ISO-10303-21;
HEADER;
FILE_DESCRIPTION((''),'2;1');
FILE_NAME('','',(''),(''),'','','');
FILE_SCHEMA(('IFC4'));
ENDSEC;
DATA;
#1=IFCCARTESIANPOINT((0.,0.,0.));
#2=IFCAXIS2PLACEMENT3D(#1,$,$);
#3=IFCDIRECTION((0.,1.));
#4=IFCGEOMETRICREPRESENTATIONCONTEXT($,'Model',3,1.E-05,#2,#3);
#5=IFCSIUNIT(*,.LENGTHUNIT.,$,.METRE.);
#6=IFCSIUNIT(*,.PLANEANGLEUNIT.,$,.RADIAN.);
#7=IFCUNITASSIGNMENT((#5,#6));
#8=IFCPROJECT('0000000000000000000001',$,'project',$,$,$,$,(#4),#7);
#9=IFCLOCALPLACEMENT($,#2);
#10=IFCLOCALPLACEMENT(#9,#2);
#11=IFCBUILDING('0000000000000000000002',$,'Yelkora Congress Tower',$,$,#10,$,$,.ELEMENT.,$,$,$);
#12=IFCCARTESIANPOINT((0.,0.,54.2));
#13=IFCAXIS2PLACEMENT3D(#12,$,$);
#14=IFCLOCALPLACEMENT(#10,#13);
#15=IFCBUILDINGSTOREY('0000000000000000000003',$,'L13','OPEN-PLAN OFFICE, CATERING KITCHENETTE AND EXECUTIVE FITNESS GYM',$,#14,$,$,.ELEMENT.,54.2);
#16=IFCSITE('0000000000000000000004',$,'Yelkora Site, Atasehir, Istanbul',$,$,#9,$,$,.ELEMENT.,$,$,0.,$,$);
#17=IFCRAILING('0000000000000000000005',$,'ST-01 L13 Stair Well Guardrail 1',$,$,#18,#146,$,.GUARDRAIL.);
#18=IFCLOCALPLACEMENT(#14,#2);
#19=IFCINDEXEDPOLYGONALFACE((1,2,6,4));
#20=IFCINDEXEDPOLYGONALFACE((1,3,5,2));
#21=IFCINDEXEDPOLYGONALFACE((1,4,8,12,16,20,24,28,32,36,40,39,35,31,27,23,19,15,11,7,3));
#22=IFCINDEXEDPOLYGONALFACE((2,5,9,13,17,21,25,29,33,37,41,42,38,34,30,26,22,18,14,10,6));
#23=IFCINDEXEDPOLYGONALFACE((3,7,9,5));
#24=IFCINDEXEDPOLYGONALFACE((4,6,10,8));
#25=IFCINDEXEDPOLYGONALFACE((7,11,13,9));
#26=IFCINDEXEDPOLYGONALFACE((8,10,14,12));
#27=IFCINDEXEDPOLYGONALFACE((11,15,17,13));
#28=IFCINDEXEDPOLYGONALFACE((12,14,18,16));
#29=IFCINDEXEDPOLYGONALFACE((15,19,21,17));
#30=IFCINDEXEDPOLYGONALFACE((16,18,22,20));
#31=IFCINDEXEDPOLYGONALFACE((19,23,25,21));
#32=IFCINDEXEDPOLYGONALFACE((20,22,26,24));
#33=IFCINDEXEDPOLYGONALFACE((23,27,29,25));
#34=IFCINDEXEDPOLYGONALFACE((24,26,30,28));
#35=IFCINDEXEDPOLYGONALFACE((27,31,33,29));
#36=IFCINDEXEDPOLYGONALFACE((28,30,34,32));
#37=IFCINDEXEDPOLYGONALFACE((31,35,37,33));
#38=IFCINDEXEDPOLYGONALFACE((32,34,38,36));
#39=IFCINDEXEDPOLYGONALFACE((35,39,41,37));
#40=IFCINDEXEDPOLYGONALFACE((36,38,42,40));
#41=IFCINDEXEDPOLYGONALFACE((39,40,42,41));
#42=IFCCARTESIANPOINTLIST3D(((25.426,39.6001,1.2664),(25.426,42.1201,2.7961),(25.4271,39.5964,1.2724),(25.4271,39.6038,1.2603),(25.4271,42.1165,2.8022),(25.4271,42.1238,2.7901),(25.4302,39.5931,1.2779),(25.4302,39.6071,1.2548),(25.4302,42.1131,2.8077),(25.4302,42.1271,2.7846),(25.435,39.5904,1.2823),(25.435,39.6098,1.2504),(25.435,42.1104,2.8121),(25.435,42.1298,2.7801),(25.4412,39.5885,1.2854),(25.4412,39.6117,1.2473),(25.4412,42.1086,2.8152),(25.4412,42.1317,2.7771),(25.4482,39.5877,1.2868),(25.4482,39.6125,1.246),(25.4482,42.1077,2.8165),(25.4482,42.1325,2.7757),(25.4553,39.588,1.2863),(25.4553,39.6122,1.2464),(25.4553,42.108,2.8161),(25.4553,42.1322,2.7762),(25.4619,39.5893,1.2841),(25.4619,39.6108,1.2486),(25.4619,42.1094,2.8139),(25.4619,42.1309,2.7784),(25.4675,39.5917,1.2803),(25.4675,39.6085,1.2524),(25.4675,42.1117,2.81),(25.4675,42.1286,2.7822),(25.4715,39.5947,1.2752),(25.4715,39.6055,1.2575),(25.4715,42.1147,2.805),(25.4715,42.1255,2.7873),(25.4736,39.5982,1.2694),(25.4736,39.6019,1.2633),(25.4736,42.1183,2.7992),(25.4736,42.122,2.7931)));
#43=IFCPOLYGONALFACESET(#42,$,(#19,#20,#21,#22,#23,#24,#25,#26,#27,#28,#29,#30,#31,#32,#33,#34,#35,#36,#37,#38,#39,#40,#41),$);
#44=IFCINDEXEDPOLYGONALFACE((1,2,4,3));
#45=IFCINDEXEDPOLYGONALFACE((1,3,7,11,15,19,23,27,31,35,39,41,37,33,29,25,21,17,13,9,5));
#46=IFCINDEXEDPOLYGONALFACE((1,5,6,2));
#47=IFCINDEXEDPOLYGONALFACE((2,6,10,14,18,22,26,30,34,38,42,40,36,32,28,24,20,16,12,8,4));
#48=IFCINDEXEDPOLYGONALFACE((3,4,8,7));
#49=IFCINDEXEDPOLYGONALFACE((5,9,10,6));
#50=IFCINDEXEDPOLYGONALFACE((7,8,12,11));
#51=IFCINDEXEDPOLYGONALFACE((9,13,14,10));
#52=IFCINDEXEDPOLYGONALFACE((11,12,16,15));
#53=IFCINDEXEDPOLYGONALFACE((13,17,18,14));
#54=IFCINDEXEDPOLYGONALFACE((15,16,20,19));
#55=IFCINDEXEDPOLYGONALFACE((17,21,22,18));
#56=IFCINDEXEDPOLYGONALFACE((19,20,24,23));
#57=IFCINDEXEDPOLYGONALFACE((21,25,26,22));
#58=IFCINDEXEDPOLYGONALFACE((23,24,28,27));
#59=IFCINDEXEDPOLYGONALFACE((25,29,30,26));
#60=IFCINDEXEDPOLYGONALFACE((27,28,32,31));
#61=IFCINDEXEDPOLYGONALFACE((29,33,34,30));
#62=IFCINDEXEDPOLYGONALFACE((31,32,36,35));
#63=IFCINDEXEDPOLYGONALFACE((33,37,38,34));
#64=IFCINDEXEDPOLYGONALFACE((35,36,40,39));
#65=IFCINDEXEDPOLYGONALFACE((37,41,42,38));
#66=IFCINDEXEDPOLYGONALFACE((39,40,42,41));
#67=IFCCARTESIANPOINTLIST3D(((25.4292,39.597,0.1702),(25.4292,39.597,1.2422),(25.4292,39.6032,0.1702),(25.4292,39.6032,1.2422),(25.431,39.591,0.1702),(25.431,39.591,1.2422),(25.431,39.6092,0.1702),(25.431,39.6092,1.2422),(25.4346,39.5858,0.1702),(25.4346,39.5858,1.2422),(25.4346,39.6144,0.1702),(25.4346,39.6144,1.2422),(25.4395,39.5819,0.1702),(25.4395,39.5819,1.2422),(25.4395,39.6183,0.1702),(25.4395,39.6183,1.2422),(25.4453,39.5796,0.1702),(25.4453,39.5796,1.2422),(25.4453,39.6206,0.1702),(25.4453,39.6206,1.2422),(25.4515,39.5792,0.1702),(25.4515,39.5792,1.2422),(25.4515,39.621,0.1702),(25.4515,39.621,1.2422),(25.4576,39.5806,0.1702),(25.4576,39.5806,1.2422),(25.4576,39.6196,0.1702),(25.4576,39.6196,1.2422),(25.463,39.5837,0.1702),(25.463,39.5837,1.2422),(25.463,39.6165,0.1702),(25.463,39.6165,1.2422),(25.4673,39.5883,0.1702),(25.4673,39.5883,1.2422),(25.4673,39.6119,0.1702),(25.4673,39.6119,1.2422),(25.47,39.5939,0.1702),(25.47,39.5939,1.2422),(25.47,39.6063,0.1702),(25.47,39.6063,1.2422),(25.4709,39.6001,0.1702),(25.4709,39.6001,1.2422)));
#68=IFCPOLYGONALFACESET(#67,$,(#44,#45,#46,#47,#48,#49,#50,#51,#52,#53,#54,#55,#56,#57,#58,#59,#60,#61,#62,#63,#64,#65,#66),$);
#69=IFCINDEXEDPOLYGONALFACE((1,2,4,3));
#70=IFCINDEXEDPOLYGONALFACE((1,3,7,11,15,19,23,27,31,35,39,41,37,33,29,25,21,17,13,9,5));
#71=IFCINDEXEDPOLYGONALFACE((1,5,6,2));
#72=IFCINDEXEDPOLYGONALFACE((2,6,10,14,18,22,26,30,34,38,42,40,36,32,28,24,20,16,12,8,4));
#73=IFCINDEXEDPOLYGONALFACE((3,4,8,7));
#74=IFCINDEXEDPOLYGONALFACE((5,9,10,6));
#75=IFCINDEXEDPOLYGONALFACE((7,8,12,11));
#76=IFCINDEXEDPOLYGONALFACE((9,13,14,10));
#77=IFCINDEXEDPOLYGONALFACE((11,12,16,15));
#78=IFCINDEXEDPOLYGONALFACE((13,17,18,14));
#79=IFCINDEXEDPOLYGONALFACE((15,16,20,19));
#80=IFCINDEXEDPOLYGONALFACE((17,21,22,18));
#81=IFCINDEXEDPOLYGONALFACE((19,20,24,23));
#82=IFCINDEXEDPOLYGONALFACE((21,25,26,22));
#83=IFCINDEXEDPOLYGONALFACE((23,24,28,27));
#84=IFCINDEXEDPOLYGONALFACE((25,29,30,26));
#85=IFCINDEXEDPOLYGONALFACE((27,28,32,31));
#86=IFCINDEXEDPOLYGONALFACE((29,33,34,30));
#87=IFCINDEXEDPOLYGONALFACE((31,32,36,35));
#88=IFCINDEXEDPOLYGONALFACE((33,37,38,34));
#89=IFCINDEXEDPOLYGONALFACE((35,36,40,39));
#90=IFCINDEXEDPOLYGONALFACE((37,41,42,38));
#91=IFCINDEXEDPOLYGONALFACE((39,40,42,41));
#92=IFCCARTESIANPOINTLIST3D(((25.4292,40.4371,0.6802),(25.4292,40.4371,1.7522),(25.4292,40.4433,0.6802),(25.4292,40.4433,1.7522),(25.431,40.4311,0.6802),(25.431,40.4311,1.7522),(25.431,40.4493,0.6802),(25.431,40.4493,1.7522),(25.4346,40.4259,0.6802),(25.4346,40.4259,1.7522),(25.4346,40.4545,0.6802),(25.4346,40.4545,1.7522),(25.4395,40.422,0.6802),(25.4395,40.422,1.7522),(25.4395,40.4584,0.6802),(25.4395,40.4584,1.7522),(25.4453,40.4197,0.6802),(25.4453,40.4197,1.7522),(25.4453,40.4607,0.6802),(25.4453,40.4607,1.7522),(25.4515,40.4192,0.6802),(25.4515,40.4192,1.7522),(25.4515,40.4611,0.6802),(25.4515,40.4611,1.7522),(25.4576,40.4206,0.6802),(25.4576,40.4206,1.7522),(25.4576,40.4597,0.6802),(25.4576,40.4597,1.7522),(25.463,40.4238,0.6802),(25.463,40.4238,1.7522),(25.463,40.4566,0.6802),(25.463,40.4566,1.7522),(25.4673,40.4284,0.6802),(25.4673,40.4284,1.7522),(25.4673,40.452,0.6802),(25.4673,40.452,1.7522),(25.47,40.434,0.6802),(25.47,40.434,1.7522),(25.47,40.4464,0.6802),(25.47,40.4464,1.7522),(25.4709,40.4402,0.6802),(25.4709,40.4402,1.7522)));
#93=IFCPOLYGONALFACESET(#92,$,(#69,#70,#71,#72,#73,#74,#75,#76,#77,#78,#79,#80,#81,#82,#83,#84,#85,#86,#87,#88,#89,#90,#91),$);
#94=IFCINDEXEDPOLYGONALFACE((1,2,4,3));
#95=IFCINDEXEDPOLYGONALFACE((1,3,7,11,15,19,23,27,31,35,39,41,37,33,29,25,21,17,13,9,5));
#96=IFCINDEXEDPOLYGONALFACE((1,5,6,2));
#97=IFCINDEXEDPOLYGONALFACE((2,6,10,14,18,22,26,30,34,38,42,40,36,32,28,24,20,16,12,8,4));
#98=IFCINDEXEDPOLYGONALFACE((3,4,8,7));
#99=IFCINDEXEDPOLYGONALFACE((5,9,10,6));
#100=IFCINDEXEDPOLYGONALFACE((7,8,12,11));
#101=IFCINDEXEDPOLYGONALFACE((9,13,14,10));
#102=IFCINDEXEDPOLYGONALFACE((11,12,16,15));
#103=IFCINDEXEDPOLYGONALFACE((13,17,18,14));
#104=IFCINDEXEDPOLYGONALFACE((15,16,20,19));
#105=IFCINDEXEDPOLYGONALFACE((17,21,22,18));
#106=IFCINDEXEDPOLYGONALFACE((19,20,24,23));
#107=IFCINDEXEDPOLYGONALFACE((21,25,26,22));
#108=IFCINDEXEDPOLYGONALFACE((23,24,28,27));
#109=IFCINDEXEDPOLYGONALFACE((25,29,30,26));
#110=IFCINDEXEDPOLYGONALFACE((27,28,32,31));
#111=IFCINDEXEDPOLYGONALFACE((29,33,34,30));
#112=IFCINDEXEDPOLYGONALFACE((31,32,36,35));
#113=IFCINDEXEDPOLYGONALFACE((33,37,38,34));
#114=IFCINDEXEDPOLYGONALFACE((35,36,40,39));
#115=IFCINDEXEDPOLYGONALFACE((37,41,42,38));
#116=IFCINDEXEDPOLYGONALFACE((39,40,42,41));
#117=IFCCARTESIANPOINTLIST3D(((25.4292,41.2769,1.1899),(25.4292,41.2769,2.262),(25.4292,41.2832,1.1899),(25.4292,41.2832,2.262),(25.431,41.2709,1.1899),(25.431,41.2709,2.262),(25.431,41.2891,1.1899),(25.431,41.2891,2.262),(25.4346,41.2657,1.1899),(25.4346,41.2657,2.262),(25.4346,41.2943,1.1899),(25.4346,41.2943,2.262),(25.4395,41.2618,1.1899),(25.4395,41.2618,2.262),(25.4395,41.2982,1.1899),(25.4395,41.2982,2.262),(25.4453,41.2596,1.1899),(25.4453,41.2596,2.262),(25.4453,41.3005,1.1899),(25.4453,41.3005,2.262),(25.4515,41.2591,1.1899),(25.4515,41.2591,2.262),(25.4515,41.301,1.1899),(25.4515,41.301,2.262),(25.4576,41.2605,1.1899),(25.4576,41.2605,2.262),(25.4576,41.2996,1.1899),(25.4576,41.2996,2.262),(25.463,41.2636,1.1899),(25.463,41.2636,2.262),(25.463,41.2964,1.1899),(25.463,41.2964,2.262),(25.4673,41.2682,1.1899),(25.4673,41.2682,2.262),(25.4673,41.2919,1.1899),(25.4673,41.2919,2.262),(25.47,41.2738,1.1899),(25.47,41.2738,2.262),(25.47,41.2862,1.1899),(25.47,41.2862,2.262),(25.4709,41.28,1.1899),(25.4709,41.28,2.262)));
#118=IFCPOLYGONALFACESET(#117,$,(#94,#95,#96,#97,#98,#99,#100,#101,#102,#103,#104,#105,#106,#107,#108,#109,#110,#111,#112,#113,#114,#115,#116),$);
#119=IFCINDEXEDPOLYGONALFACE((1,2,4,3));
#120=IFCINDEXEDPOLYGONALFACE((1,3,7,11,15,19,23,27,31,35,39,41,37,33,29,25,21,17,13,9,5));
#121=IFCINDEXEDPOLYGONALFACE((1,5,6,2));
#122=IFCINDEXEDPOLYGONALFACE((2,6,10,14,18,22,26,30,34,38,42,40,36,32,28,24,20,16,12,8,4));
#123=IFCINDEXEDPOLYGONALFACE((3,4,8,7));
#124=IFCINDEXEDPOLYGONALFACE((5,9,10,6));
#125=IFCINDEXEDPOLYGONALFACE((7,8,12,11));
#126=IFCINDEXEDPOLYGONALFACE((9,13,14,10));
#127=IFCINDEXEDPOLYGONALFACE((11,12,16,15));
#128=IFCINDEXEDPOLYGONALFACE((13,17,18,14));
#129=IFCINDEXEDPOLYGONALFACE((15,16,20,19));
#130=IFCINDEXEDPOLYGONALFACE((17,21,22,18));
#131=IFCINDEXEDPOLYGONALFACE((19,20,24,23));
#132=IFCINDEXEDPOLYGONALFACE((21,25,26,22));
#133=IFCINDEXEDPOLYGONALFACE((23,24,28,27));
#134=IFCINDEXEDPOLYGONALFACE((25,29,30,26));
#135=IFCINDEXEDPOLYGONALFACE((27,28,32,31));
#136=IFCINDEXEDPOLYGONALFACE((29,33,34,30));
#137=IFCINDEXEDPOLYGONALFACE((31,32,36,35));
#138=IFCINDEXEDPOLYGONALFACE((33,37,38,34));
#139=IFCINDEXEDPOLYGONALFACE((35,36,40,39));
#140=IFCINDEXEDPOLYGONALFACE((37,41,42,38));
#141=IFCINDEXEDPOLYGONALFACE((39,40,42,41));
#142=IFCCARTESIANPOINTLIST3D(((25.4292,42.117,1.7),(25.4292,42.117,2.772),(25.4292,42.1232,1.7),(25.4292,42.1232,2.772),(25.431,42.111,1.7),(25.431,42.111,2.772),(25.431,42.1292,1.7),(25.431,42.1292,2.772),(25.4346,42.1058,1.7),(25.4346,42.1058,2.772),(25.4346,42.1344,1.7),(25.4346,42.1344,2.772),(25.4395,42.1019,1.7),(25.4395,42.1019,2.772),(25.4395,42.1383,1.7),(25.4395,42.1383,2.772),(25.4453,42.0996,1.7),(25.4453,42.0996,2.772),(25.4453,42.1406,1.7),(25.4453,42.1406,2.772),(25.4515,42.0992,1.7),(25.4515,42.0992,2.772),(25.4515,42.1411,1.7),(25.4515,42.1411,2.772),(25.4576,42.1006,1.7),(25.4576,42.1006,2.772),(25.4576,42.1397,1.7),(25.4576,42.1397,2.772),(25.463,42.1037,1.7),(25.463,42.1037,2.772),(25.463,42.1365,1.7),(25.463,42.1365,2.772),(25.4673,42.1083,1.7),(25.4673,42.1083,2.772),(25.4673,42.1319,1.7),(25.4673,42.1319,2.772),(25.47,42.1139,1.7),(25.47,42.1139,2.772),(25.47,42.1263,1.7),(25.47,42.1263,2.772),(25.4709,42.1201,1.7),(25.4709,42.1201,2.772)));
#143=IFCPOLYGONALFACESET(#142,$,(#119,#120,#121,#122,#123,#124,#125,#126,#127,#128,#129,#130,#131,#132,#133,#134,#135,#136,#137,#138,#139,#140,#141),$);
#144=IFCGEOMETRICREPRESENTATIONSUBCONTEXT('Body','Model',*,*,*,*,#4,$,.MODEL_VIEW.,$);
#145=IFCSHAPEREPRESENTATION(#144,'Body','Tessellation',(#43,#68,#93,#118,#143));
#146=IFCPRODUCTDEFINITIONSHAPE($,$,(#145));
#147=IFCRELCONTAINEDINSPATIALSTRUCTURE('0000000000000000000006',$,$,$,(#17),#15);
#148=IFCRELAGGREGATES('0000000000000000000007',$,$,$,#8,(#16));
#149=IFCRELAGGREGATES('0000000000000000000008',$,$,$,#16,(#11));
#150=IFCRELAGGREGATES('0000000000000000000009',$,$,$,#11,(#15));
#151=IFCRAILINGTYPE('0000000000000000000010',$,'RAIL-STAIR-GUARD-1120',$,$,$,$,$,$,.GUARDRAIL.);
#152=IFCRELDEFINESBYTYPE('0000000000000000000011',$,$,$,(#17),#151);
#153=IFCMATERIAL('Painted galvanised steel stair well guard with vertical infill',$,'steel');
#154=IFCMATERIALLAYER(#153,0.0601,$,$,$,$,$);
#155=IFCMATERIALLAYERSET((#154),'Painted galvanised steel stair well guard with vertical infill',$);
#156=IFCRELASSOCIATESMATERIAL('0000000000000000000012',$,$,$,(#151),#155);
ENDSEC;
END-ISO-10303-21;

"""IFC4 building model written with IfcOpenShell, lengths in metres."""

from ifc_helpers import new_model, si_unit, direction, frame, origin, origin_2d, place, context, subcontext, project, spatial, circle, extrude, material, layer, layer_set, type_object, element, save


model = new_model("IFC4")

# Units and contexts
model_context = context("Model", 3, precision=1e-05, world=origin(), true_north=direction((0.0, 1.0)))
body_context = subcontext(model_context, "Body", "Model", "MODEL_VIEW")
ifc_project = project(units=[si_unit("LENGTHUNIT", "METRE"), si_unit("PLANEANGLEUNIT", "RADIAN")], contexts=[model_context])

# Site, building, storey
site_placement = place(None, origin())
site = spatial("IfcSite", under=ifc_project, at=site_placement, Name="Yelkora Site, Atasehir, Istanbul", CompositionType="ELEMENT", RefElevation=0.0)
building_placement = place(site_placement, origin())
building = spatial("IfcBuilding", under=site, at=building_placement, Name="Yelkora Congress Tower", CompositionType="ELEMENT")
storey_placement = place(building_placement, frame((0.0, 0.0, 54.2)))
storey = spatial("IfcBuildingStorey", under=building, at=storey_placement, Name="L13", Description="OPEN-PLAN OFFICE, CATERING KITCHENETTE AND EXECUTIVE FITNESS GYM", CompositionType="ELEMENT", Elevation=54.2)

# Railing
ifc_material_1 = material(Name="Painted galvanised steel stair well guard with vertical infill", Category="steel")
ifc_layer_1 = layer(ifc_material_1, 0.0601)
ifc_layer_set_1 = layer_set([ifc_layer_1], Name="Painted galvanised steel stair well guard with vertical infill")
railing_type_1 = type_object("IfcRailingType", Name="RAIL-STAIR-GUARD-1120", PredefinedType="GUARDRAIL", material=ifc_layer_set_1)
railing_1_placement = place(storey_placement, frame((25.45, 39.6001, 0.1702)))
element("IfcRailing", 1, at=railing_1_placement, inside=storey, type_object=railing_type_1, Name="ST-01 L13 Stair Well Guardrail 1", PredefinedType="GUARDRAIL", context=body_context, shape_type="SweptSolid", body=[
    extrude(circle(Radius=0.0239, at=origin_2d()), frame((0.0, 0.0, 1.0962), z_axis=(0.0, 0.854822, 0.518922), x_axis=(-1.0, 0.0, 0.0)), (0.0, 0.0, 1.0), 2.948),
    extrude(circle(Radius=0.021, at=origin_2d()), origin(), (0.0, 0.0, 1.0), 1.072),
    extrude(circle(Radius=0.021, at=origin_2d()), frame((0.0, 0.8401, 0.51)), (0.0, 0.0, 1.0), 1.072),
    extrude(circle(Radius=0.021, at=origin_2d()), frame((0.0, 1.6799, 1.0198)), (0.0, 0.0, 1.0), 1.072),
    extrude(circle(Radius=0.021, at=origin_2d()), frame((0.0, 2.52, 1.5298)), (0.0, 0.0, 1.0), 1.072),
])

save(model, "model.ifc")
